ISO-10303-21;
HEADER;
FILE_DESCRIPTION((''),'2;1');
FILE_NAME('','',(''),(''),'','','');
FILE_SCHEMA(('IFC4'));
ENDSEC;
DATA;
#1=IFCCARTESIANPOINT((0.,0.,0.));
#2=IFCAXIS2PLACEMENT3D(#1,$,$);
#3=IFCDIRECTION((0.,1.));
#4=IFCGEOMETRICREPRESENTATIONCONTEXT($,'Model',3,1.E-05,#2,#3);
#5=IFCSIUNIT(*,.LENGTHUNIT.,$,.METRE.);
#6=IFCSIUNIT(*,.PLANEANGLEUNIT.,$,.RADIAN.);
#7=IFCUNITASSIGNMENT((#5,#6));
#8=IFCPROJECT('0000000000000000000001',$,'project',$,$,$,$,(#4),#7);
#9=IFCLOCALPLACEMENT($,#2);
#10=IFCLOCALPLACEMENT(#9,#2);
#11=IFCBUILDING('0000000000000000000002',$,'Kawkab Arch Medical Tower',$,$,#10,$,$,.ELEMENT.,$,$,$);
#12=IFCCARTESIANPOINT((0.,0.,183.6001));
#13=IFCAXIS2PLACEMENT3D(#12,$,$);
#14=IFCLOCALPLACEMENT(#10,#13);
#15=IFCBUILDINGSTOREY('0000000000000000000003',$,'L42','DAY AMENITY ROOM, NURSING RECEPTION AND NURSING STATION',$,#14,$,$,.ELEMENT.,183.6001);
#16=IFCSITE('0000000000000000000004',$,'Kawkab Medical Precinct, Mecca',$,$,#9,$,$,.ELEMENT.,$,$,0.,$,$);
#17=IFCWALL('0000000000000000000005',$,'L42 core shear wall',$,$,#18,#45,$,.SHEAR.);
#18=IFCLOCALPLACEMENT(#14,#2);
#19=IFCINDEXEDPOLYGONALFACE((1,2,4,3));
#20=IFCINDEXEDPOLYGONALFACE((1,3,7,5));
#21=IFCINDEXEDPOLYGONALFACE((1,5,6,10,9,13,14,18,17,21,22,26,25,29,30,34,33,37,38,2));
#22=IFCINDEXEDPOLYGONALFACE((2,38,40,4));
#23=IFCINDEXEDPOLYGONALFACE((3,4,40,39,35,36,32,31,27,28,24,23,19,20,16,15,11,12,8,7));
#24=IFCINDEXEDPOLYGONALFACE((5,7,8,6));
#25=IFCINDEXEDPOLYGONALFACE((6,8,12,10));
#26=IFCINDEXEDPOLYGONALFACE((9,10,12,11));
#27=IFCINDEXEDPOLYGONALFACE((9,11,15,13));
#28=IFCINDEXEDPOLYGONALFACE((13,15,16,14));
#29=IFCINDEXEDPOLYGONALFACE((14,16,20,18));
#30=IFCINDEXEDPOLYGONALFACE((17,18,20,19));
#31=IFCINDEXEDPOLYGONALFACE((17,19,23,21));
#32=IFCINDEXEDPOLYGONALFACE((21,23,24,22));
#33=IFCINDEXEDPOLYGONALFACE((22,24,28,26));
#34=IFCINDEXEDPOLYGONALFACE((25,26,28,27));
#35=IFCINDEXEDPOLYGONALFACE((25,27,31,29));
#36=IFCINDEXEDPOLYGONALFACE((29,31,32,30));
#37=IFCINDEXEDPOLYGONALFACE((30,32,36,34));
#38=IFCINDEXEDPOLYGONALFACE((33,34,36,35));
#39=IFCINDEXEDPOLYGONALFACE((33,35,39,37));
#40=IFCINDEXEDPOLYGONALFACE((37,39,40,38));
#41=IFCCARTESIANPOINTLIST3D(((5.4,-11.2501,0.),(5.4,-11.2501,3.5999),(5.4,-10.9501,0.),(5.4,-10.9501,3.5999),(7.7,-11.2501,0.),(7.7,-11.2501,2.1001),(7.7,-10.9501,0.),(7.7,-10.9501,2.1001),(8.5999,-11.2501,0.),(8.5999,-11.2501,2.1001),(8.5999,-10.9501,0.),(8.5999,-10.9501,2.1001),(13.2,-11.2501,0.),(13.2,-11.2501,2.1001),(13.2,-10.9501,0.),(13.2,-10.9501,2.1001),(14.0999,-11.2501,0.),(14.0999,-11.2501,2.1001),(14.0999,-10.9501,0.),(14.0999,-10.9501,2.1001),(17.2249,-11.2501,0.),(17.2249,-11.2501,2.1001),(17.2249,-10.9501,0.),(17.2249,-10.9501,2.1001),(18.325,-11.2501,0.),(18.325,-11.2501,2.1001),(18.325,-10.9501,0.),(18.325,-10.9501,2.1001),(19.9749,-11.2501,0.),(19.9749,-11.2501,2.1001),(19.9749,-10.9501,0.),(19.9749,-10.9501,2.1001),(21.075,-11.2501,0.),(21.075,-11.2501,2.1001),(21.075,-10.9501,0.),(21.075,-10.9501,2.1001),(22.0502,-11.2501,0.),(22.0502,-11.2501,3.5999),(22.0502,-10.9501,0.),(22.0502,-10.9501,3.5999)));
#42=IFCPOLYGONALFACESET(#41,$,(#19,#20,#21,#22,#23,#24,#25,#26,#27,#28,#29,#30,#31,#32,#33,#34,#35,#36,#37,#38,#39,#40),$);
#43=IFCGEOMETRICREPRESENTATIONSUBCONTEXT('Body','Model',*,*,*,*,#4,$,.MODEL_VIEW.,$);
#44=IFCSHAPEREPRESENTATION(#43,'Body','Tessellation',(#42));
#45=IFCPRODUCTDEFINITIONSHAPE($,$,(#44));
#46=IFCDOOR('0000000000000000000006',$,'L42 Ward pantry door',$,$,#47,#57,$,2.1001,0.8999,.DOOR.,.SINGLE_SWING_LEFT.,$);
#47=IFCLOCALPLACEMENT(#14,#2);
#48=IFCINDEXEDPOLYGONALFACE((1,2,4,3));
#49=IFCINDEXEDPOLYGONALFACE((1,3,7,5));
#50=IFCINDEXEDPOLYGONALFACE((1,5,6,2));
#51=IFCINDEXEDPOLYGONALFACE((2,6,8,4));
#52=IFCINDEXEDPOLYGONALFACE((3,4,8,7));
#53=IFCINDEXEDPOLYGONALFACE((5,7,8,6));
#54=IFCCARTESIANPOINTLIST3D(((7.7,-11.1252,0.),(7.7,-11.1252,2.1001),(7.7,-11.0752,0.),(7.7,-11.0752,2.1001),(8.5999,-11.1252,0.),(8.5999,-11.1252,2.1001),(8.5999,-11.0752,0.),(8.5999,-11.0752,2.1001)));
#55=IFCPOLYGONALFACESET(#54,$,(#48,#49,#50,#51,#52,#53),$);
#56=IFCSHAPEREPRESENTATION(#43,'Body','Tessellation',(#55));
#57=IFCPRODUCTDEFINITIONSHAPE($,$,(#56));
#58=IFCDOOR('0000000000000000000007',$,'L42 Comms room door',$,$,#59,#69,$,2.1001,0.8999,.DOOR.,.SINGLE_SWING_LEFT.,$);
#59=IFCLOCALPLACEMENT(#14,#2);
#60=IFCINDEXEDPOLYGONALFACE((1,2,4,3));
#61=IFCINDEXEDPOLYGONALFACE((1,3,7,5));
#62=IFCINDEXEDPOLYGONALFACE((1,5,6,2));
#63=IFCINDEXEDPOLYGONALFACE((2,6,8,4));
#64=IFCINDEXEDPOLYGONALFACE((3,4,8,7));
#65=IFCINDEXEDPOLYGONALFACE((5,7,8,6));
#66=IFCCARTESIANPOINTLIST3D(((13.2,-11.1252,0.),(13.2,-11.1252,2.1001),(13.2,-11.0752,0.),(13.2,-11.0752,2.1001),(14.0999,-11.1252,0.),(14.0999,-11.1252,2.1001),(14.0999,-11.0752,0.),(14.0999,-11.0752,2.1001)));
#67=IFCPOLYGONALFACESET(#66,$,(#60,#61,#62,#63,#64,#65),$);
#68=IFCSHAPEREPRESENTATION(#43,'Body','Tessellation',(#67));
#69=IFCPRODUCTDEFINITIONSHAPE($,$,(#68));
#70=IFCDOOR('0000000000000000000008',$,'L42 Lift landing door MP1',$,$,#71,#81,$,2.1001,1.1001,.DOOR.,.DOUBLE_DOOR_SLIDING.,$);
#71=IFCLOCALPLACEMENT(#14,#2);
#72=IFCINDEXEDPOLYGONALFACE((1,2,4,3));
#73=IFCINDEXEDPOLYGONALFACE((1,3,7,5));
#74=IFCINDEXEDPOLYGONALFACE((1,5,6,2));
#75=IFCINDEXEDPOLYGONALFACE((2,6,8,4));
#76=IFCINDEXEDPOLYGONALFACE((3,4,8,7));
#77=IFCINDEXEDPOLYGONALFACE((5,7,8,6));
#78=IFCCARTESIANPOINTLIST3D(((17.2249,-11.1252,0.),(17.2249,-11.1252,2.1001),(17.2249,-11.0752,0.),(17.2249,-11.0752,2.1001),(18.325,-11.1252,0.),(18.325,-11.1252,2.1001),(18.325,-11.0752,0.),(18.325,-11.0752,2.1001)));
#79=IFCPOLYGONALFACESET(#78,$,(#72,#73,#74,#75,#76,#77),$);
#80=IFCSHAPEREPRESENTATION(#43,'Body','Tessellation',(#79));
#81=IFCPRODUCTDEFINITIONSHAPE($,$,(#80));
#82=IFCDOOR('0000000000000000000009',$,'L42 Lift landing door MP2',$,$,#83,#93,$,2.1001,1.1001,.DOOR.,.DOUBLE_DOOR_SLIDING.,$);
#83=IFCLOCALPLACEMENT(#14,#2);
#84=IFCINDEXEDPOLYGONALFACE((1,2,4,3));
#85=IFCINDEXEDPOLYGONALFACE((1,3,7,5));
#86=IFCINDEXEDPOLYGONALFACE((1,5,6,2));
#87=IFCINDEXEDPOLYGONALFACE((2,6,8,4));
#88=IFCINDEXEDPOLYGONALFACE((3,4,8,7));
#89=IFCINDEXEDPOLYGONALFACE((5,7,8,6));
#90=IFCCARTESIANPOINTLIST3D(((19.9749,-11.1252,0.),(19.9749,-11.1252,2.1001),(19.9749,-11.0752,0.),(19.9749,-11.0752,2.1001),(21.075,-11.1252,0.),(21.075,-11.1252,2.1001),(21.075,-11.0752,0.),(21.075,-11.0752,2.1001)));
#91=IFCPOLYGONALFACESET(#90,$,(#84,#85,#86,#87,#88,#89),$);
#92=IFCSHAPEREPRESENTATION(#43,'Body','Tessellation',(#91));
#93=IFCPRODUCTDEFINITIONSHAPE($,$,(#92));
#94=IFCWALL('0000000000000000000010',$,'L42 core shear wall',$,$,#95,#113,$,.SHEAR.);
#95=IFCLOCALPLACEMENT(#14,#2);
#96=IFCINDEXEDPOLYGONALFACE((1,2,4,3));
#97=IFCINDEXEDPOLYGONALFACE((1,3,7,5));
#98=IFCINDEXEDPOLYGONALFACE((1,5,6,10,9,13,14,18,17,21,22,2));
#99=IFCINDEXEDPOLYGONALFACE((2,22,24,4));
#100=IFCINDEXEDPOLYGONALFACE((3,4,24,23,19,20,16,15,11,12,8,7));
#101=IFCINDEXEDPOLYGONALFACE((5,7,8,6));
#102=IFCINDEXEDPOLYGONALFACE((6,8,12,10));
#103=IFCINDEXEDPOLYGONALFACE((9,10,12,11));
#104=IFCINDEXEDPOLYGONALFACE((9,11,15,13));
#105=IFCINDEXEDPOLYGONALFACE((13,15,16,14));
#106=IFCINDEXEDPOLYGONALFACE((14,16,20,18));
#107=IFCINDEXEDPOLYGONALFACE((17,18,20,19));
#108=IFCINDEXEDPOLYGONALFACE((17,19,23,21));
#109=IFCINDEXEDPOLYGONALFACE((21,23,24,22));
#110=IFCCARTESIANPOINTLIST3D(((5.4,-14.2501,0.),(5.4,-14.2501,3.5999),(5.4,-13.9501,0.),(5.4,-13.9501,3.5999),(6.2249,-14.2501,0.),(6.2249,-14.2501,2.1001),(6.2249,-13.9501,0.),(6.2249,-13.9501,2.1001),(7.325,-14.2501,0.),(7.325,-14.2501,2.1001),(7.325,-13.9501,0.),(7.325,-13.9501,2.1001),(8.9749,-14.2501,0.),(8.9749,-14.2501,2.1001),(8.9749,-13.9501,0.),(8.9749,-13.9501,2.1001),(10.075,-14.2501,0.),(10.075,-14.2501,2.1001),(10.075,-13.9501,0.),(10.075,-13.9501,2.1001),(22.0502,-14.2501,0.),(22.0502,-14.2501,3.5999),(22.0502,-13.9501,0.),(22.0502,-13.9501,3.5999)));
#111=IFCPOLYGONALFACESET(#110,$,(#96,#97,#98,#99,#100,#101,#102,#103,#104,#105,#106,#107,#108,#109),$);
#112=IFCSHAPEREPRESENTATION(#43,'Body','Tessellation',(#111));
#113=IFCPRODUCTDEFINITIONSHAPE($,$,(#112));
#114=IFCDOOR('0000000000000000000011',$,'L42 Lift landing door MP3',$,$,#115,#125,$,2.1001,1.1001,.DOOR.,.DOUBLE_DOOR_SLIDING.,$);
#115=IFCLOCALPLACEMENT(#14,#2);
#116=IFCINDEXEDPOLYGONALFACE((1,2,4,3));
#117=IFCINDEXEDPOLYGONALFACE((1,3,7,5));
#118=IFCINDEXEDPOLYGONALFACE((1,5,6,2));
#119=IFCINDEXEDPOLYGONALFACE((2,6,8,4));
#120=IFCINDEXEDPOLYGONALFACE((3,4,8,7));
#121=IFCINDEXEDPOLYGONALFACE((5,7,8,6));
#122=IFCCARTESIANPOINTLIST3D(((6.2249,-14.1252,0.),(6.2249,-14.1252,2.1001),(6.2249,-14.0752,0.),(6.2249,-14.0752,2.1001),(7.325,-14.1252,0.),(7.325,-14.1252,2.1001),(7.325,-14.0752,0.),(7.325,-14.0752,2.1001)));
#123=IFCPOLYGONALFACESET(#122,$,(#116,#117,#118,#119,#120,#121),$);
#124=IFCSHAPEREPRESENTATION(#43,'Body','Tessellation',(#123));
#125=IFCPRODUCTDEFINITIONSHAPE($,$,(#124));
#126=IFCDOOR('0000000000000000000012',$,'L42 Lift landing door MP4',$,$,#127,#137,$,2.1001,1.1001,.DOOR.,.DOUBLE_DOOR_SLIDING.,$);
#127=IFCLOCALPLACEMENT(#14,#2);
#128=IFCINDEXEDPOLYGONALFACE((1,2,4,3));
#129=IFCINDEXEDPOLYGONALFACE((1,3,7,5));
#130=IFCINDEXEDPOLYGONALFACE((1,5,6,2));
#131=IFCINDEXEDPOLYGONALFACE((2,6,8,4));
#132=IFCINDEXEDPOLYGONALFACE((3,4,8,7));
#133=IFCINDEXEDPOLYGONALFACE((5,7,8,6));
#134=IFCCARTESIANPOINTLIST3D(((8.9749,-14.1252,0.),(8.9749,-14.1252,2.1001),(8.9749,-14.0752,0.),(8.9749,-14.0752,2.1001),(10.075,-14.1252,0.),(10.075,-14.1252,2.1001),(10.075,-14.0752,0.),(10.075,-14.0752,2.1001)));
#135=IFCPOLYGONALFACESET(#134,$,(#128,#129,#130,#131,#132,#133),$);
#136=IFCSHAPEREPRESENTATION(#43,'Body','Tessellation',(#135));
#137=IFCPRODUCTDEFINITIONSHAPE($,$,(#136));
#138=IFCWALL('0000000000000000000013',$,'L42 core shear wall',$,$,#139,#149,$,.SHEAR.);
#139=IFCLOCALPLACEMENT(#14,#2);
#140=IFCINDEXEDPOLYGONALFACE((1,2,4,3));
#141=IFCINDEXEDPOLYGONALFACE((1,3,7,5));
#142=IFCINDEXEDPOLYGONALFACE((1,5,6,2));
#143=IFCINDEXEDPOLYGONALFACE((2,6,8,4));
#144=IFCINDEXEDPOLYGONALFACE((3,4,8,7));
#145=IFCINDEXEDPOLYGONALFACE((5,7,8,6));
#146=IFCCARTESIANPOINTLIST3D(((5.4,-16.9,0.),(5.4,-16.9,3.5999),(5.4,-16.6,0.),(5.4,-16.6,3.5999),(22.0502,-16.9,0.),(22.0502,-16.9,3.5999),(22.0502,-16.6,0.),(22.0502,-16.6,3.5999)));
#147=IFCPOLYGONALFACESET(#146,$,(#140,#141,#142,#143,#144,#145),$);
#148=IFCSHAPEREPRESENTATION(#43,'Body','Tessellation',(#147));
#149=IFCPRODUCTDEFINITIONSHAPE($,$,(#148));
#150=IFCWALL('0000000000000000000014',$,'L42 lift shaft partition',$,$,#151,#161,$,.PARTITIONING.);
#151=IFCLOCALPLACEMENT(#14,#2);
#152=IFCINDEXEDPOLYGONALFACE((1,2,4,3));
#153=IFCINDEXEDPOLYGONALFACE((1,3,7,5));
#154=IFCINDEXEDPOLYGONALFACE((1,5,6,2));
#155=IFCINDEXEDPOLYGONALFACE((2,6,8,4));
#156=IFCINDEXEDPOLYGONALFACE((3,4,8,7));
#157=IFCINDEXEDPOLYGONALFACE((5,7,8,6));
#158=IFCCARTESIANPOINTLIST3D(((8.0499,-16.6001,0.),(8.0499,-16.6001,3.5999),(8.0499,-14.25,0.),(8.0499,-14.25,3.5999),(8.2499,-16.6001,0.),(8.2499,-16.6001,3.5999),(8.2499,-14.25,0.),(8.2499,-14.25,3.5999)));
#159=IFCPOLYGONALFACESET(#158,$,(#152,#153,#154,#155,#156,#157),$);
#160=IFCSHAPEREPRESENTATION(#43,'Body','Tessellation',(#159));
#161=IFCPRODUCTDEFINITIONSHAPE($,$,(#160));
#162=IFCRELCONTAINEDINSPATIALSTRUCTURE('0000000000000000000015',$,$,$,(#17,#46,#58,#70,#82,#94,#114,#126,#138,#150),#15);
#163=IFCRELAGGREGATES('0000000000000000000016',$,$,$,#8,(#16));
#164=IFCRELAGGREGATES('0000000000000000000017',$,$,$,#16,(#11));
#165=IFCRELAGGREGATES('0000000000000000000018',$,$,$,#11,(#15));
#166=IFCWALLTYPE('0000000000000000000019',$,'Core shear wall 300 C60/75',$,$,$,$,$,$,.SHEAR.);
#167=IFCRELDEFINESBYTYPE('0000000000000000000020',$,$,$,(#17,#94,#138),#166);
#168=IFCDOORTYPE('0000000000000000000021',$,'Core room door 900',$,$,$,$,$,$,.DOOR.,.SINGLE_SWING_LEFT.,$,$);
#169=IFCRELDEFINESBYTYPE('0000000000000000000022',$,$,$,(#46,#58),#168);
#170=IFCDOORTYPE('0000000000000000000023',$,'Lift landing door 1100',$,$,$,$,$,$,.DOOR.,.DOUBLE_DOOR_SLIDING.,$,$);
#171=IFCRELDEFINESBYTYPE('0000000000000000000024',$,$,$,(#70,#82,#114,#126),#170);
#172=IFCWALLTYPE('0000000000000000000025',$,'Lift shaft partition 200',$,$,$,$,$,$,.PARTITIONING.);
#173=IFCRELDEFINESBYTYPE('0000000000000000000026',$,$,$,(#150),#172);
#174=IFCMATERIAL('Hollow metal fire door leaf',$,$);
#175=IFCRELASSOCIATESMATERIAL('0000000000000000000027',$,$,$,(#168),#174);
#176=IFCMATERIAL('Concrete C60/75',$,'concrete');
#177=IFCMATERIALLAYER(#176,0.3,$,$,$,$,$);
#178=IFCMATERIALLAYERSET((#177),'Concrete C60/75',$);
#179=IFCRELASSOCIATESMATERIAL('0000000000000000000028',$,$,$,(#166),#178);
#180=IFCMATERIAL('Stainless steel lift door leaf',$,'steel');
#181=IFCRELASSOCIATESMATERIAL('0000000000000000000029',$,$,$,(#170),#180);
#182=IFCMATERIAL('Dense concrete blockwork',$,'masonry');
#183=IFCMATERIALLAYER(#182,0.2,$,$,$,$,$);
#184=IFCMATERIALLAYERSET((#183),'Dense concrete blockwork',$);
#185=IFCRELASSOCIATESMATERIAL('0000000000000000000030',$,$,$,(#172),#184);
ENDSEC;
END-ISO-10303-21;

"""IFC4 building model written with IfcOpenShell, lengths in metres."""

from ifc_helpers import new_model, si_unit, direction, frame, frame_2d, origin, place, context, subcontext, project, spatial, rectangle, extrude, material, layer, layer_set, type_object, element, fill, save


model = new_model("IFC4")

# Units and contexts
model_context = context("Model", 3, precision=1e-05, world=origin(), true_north=direction((0.0, 1.0)))
body_context = subcontext(model_context, "Body", "Model", "MODEL_VIEW")
ifc_project = project(units=[si_unit("LENGTHUNIT", "METRE"), si_unit("PLANEANGLEUNIT", "RADIAN")], contexts=[model_context])

# Site, building, storey
site_placement = place(None, origin())
site = spatial("IfcSite", under=ifc_project, at=site_placement, Name="Kawkab Medical Precinct, Mecca", CompositionType="ELEMENT", RefElevation=0.0)
building_placement = place(site_placement, origin())
building = spatial("IfcBuilding", under=site, at=building_placement, Name="Kawkab Arch Medical Tower", CompositionType="ELEMENT")
storey_placement = place(building_placement, frame((0.0, 0.0, 183.6001)))
storey = spatial("IfcBuildingStorey", under=building, at=storey_placement, Name="L42", Description="DAY AMENITY ROOM, NURSING RECEPTION AND NURSING STATION", CompositionType="ELEMENT", Elevation=183.6001)

# Shared definitions
ifc_material_1 = material(Name="Hollow metal fire door leaf")
door_type_1 = type_object("IfcDoorType", Name="Core room door 900", OperationType="SINGLE_SWING_LEFT", PredefinedType="DOOR", material=ifc_material_1)

# Shared definitions
ifc_material_2 = material(Name="Concrete C60/75", Category="concrete")
ifc_layer_1 = layer(ifc_material_2, 0.3)
ifc_layer_set_1 = layer_set([ifc_layer_1], Name="Concrete C60/75")
wall_type_1 = type_object("IfcWallType", Name="Core shear wall 300 C60/75", PredefinedType="SHEAR", material=ifc_layer_set_1)

# Walls, openings, doors
wall_1_placement = place(storey_placement, frame((5.3999, -11.1001, 0.0), z_axis=(0.0, 0.0, 1.0), x_axis=(1.0, 0.0, 0.0)))
wall_1 = element("IfcWall", 1, at=wall_1_placement, inside=storey, type_object=wall_type_1, Name="L42 core shear wall", PredefinedType="SHEAR", context=body_context, shape_type="SweptSolid", body=[
    extrude(rectangle(XDim=16.6501, YDim=0.3, at=frame_2d((8.3252, 0.0))), origin(), (0.0, 0.0, 1.0), 3.5999),
])
opening_1_placement = place(wall_1_placement, frame((11.825, 0.0, 0.0)))
opening_1 = element("IfcOpeningElement", 2, at=opening_1_placement, cuts=wall_1, PredefinedType="OPENING", context=body_context, shape_type="SweptSolid", body=[
    extrude(rectangle(XDim=1.1001, YDim=2.1001, at=frame_2d((0.55, 1.05))), frame((0.0, 0.1599, 0.0), z_axis=(0.0, -1.0, 0.0), x_axis=(1.0, 0.0, 0.0)), (0.0, 0.0, 1.0), 0.3201),
])
opening_2_placement = place(wall_1_placement, frame((14.575, 0.0, 0.0)))
opening_2 = element("IfcOpeningElement", 3, at=opening_2_placement, cuts=wall_1, PredefinedType="OPENING", context=body_context, shape_type="SweptSolid", body=[
    extrude(rectangle(XDim=1.1001, YDim=2.1001, at=frame_2d((0.55, 1.05))), frame((0.0, 0.1599, 0.0), z_axis=(0.0, -1.0, 0.0), x_axis=(1.0, 0.0, 0.0)), (0.0, 0.0, 1.0), 0.3201),
])
opening_3_placement = place(wall_1_placement, frame((2.3, 0.0, 0.0)))
opening_3 = element("IfcOpeningElement", 4, at=opening_3_placement, cuts=wall_1, PredefinedType="OPENING", context=body_context, shape_type="SweptSolid", body=[
    extrude(rectangle(XDim=0.8999, YDim=2.1001, at=frame_2d((0.45, 1.05))), frame((0.0, 0.1599, 0.0), z_axis=(0.0, -1.0, 0.0), x_axis=(1.0, 0.0, 0.0)), (0.0, 0.0, 1.0), 0.3201),
])
opening_4_placement = place(wall_1_placement, frame((7.8, 0.0, 0.0)))
opening_4 = element("IfcOpeningElement", 5, at=opening_4_placement, cuts=wall_1, PredefinedType="OPENING", context=body_context, shape_type="SweptSolid", body=[
    extrude(rectangle(XDim=0.8999, YDim=2.1001, at=frame_2d((0.45, 1.05))), frame((0.0, 0.1599, 0.0), z_axis=(0.0, -1.0, 0.0), x_axis=(1.0, 0.0, 0.0)), (0.0, 0.0, 1.0), 0.3201),
])
door_1_placement = place(opening_3_placement, origin())
door_1 = element("IfcDoor", 6, at=door_1_placement, inside=storey, type_object=door_type_1, Name="L42 Ward pantry door", OperationType="SINGLE_SWING_LEFT", OverallHeight=2.1001, OverallWidth=0.8999, PredefinedType="DOOR", context=body_context, shape_type="SweptSolid", body=[
    extrude(rectangle(XDim=0.8999, YDim=2.1001, at=frame_2d((0.45, 1.05))), frame((0.0, 0.0249, 0.0), z_axis=(0.0, -1.0, 0.0), x_axis=(1.0, 0.0, 0.0)), (0.0, 0.0, 1.0), 0.05),
])
fill(opening_3, door_1)
door_2_placement = place(opening_4_placement, origin())
door_2 = element("IfcDoor", 7, at=door_2_placement, inside=storey, type_object=door_type_1, Name="L42 Comms room door", OperationType="SINGLE_SWING_LEFT", OverallHeight=2.1001, OverallWidth=0.8999, PredefinedType="DOOR", context=body_context, shape_type="SweptSolid", body=[
    extrude(rectangle(XDim=0.8999, YDim=2.1001, at=frame_2d((0.45, 1.05))), frame((0.0, 0.0249, 0.0), z_axis=(0.0, -1.0, 0.0), x_axis=(1.0, 0.0, 0.0)), (0.0, 0.0, 1.0), 0.05),
])
fill(opening_4, door_2)
ifc_material_3 = material(Name="Stainless steel lift door leaf", Category="steel")
door_type_2 = type_object("IfcDoorType", Name="Lift landing door 1100", OperationType="DOUBLE_DOOR_SLIDING", PredefinedType="DOOR", material=ifc_material_3)
door_3_placement = place(opening_1_placement, origin())
door_3 = element("IfcDoor", 8, at=door_3_placement, inside=storey, type_object=door_type_2, Name="L42 Lift landing door MP1", OperationType="DOUBLE_DOOR_SLIDING", OverallHeight=2.1001, OverallWidth=1.1001, PredefinedType="DOOR", context=body_context, shape_type="SweptSolid", body=[
    extrude(rectangle(XDim=1.1001, YDim=2.1001, at=frame_2d((0.55, 1.05))), frame((0.0, 0.0249, 0.0), z_axis=(0.0, -1.0, 0.0), x_axis=(1.0, 0.0, 0.0)), (0.0, 0.0, 1.0), 0.05),
])
fill(opening_1, door_3)
door_4_placement = place(opening_2_placement, origin())
door_4 = element("IfcDoor", 9, at=door_4_placement, inside=storey, type_object=door_type_2, Name="L42 Lift landing door MP2", OperationType="DOUBLE_DOOR_SLIDING", OverallHeight=2.1001, OverallWidth=1.1001, PredefinedType="DOOR", context=body_context, shape_type="SweptSolid", body=[
    extrude(rectangle(XDim=1.1001, YDim=2.1001, at=frame_2d((0.55, 1.05))), frame((0.0, 0.0249, 0.0), z_axis=(0.0, -1.0, 0.0), x_axis=(1.0, 0.0, 0.0)), (0.0, 0.0, 1.0), 0.05),
])
fill(opening_2, door_4)
wall_2_placement = place(storey_placement, frame((5.3999, -14.1001, 0.0), z_axis=(0.0, 0.0, 1.0), x_axis=(1.0, 0.0, 0.0)))
wall_2 = element("IfcWall", 10, at=wall_2_placement, inside=storey, type_object=wall_type_1, Name="L42 core shear wall", PredefinedType="SHEAR", context=body_context, shape_type="SweptSolid", body=[
    extrude(rectangle(XDim=16.6501, YDim=0.3, at=frame_2d((8.3252, 0.0))), origin(), (0.0, 0.0, 1.0), 3.5999),
])
opening_5_placement = place(wall_2_placement, frame((0.825, 0.0, 0.0)))
opening_5 = element("IfcOpeningElement", 11, at=opening_5_placement, cuts=wall_2, PredefinedType="OPENING", context=body_context, shape_type="SweptSolid", body=[
    extrude(rectangle(XDim=1.1001, YDim=2.1001, at=frame_2d((0.55, 1.05))), frame((0.0, 0.1599, 0.0), z_axis=(0.0, -1.0, 0.0), x_axis=(1.0, 0.0, 0.0)), (0.0, 0.0, 1.0), 0.3201),
])
opening_6_placement = place(wall_2_placement, frame((3.575, 0.0, 0.0)))
opening_6 = element("IfcOpeningElement", 12, at=opening_6_placement, cuts=wall_2, PredefinedType="OPENING", context=body_context, shape_type="SweptSolid", body=[
    extrude(rectangle(XDim=1.1001, YDim=2.1001, at=frame_2d((0.55, 1.05))), frame((0.0, 0.1599, 0.0), z_axis=(0.0, -1.0, 0.0), x_axis=(1.0, 0.0, 0.0)), (0.0, 0.0, 1.0), 0.3201),
])
door_5_placement = place(opening_5_placement, origin())
door_5 = element("IfcDoor", 13, at=door_5_placement, inside=storey, type_object=door_type_2, Name="L42 Lift landing door MP3", OperationType="DOUBLE_DOOR_SLIDING", OverallHeight=2.1001, OverallWidth=1.1001, PredefinedType="DOOR", context=body_context, shape_type="SweptSolid", body=[
    extrude(rectangle(XDim=1.1001, YDim=2.1001, at=frame_2d((0.55, 1.05))), frame((0.0, 0.0249, 0.0), z_axis=(0.0, -1.0, 0.0), x_axis=(1.0, 0.0, 0.0)), (0.0, 0.0, 1.0), 0.05),
])
fill(opening_5, door_5)
door_6_placement = place(opening_6_placement, origin())
door_6 = element("IfcDoor", 14, at=door_6_placement, inside=storey, type_object=door_type_2, Name="L42 Lift landing door MP4", OperationType="DOUBLE_DOOR_SLIDING", OverallHeight=2.1001, OverallWidth=1.1001, PredefinedType="DOOR", context=body_context, shape_type="SweptSolid", body=[
    extrude(rectangle(XDim=1.1001, YDim=2.1001, at=frame_2d((0.55, 1.05))), frame((0.0, 0.0249, 0.0), z_axis=(0.0, -1.0, 0.0), x_axis=(1.0, 0.0, 0.0)), (0.0, 0.0, 1.0), 0.05),
])
fill(opening_6, door_6)

# Walls
wall_3_placement = place(storey_placement, frame((5.3999, -16.75, 0.0), z_axis=(0.0, 0.0, 1.0), x_axis=(1.0, 0.0, 0.0)))
element("IfcWall", 15, at=wall_3_placement, inside=storey, type_object=wall_type_1, Name="L42 core shear wall", PredefinedType="SHEAR", context=body_context, shape_type="SweptSolid", body=[
    extrude(rectangle(XDim=16.6501, YDim=0.3, at=frame_2d((8.3252, 0.0))), origin(), (0.0, 0.0, 1.0), 3.5999),
])
ifc_material_4 = material(Name="Dense concrete blockwork", Category="masonry")
ifc_layer_2 = layer(ifc_material_4, 0.2)
ifc_layer_set_2 = layer_set([ifc_layer_2], Name="Dense concrete blockwork")
wall_type_2 = type_object("IfcWallType", Name="Lift shaft partition 200", PredefinedType="PARTITIONING", material=ifc_layer_set_2)
wall_4_placement = place(storey_placement, frame((8.1499, -16.6001, 0.0), z_axis=(0.0, 0.0, 1.0), x_axis=(0.0, 1.0, 0.0)))
element("IfcWall", 16, at=wall_4_placement, inside=storey, type_object=wall_type_2, Name="L42 lift shaft partition", PredefinedType="PARTITIONING", context=body_context, shape_type="SweptSolid", body=[
    extrude(rectangle(XDim=2.3501, YDim=0.2, at=frame_2d((1.175, 0.0))), origin(), (0.0, 0.0, 1.0), 3.5999),
])

save(model, "model.ifc")
